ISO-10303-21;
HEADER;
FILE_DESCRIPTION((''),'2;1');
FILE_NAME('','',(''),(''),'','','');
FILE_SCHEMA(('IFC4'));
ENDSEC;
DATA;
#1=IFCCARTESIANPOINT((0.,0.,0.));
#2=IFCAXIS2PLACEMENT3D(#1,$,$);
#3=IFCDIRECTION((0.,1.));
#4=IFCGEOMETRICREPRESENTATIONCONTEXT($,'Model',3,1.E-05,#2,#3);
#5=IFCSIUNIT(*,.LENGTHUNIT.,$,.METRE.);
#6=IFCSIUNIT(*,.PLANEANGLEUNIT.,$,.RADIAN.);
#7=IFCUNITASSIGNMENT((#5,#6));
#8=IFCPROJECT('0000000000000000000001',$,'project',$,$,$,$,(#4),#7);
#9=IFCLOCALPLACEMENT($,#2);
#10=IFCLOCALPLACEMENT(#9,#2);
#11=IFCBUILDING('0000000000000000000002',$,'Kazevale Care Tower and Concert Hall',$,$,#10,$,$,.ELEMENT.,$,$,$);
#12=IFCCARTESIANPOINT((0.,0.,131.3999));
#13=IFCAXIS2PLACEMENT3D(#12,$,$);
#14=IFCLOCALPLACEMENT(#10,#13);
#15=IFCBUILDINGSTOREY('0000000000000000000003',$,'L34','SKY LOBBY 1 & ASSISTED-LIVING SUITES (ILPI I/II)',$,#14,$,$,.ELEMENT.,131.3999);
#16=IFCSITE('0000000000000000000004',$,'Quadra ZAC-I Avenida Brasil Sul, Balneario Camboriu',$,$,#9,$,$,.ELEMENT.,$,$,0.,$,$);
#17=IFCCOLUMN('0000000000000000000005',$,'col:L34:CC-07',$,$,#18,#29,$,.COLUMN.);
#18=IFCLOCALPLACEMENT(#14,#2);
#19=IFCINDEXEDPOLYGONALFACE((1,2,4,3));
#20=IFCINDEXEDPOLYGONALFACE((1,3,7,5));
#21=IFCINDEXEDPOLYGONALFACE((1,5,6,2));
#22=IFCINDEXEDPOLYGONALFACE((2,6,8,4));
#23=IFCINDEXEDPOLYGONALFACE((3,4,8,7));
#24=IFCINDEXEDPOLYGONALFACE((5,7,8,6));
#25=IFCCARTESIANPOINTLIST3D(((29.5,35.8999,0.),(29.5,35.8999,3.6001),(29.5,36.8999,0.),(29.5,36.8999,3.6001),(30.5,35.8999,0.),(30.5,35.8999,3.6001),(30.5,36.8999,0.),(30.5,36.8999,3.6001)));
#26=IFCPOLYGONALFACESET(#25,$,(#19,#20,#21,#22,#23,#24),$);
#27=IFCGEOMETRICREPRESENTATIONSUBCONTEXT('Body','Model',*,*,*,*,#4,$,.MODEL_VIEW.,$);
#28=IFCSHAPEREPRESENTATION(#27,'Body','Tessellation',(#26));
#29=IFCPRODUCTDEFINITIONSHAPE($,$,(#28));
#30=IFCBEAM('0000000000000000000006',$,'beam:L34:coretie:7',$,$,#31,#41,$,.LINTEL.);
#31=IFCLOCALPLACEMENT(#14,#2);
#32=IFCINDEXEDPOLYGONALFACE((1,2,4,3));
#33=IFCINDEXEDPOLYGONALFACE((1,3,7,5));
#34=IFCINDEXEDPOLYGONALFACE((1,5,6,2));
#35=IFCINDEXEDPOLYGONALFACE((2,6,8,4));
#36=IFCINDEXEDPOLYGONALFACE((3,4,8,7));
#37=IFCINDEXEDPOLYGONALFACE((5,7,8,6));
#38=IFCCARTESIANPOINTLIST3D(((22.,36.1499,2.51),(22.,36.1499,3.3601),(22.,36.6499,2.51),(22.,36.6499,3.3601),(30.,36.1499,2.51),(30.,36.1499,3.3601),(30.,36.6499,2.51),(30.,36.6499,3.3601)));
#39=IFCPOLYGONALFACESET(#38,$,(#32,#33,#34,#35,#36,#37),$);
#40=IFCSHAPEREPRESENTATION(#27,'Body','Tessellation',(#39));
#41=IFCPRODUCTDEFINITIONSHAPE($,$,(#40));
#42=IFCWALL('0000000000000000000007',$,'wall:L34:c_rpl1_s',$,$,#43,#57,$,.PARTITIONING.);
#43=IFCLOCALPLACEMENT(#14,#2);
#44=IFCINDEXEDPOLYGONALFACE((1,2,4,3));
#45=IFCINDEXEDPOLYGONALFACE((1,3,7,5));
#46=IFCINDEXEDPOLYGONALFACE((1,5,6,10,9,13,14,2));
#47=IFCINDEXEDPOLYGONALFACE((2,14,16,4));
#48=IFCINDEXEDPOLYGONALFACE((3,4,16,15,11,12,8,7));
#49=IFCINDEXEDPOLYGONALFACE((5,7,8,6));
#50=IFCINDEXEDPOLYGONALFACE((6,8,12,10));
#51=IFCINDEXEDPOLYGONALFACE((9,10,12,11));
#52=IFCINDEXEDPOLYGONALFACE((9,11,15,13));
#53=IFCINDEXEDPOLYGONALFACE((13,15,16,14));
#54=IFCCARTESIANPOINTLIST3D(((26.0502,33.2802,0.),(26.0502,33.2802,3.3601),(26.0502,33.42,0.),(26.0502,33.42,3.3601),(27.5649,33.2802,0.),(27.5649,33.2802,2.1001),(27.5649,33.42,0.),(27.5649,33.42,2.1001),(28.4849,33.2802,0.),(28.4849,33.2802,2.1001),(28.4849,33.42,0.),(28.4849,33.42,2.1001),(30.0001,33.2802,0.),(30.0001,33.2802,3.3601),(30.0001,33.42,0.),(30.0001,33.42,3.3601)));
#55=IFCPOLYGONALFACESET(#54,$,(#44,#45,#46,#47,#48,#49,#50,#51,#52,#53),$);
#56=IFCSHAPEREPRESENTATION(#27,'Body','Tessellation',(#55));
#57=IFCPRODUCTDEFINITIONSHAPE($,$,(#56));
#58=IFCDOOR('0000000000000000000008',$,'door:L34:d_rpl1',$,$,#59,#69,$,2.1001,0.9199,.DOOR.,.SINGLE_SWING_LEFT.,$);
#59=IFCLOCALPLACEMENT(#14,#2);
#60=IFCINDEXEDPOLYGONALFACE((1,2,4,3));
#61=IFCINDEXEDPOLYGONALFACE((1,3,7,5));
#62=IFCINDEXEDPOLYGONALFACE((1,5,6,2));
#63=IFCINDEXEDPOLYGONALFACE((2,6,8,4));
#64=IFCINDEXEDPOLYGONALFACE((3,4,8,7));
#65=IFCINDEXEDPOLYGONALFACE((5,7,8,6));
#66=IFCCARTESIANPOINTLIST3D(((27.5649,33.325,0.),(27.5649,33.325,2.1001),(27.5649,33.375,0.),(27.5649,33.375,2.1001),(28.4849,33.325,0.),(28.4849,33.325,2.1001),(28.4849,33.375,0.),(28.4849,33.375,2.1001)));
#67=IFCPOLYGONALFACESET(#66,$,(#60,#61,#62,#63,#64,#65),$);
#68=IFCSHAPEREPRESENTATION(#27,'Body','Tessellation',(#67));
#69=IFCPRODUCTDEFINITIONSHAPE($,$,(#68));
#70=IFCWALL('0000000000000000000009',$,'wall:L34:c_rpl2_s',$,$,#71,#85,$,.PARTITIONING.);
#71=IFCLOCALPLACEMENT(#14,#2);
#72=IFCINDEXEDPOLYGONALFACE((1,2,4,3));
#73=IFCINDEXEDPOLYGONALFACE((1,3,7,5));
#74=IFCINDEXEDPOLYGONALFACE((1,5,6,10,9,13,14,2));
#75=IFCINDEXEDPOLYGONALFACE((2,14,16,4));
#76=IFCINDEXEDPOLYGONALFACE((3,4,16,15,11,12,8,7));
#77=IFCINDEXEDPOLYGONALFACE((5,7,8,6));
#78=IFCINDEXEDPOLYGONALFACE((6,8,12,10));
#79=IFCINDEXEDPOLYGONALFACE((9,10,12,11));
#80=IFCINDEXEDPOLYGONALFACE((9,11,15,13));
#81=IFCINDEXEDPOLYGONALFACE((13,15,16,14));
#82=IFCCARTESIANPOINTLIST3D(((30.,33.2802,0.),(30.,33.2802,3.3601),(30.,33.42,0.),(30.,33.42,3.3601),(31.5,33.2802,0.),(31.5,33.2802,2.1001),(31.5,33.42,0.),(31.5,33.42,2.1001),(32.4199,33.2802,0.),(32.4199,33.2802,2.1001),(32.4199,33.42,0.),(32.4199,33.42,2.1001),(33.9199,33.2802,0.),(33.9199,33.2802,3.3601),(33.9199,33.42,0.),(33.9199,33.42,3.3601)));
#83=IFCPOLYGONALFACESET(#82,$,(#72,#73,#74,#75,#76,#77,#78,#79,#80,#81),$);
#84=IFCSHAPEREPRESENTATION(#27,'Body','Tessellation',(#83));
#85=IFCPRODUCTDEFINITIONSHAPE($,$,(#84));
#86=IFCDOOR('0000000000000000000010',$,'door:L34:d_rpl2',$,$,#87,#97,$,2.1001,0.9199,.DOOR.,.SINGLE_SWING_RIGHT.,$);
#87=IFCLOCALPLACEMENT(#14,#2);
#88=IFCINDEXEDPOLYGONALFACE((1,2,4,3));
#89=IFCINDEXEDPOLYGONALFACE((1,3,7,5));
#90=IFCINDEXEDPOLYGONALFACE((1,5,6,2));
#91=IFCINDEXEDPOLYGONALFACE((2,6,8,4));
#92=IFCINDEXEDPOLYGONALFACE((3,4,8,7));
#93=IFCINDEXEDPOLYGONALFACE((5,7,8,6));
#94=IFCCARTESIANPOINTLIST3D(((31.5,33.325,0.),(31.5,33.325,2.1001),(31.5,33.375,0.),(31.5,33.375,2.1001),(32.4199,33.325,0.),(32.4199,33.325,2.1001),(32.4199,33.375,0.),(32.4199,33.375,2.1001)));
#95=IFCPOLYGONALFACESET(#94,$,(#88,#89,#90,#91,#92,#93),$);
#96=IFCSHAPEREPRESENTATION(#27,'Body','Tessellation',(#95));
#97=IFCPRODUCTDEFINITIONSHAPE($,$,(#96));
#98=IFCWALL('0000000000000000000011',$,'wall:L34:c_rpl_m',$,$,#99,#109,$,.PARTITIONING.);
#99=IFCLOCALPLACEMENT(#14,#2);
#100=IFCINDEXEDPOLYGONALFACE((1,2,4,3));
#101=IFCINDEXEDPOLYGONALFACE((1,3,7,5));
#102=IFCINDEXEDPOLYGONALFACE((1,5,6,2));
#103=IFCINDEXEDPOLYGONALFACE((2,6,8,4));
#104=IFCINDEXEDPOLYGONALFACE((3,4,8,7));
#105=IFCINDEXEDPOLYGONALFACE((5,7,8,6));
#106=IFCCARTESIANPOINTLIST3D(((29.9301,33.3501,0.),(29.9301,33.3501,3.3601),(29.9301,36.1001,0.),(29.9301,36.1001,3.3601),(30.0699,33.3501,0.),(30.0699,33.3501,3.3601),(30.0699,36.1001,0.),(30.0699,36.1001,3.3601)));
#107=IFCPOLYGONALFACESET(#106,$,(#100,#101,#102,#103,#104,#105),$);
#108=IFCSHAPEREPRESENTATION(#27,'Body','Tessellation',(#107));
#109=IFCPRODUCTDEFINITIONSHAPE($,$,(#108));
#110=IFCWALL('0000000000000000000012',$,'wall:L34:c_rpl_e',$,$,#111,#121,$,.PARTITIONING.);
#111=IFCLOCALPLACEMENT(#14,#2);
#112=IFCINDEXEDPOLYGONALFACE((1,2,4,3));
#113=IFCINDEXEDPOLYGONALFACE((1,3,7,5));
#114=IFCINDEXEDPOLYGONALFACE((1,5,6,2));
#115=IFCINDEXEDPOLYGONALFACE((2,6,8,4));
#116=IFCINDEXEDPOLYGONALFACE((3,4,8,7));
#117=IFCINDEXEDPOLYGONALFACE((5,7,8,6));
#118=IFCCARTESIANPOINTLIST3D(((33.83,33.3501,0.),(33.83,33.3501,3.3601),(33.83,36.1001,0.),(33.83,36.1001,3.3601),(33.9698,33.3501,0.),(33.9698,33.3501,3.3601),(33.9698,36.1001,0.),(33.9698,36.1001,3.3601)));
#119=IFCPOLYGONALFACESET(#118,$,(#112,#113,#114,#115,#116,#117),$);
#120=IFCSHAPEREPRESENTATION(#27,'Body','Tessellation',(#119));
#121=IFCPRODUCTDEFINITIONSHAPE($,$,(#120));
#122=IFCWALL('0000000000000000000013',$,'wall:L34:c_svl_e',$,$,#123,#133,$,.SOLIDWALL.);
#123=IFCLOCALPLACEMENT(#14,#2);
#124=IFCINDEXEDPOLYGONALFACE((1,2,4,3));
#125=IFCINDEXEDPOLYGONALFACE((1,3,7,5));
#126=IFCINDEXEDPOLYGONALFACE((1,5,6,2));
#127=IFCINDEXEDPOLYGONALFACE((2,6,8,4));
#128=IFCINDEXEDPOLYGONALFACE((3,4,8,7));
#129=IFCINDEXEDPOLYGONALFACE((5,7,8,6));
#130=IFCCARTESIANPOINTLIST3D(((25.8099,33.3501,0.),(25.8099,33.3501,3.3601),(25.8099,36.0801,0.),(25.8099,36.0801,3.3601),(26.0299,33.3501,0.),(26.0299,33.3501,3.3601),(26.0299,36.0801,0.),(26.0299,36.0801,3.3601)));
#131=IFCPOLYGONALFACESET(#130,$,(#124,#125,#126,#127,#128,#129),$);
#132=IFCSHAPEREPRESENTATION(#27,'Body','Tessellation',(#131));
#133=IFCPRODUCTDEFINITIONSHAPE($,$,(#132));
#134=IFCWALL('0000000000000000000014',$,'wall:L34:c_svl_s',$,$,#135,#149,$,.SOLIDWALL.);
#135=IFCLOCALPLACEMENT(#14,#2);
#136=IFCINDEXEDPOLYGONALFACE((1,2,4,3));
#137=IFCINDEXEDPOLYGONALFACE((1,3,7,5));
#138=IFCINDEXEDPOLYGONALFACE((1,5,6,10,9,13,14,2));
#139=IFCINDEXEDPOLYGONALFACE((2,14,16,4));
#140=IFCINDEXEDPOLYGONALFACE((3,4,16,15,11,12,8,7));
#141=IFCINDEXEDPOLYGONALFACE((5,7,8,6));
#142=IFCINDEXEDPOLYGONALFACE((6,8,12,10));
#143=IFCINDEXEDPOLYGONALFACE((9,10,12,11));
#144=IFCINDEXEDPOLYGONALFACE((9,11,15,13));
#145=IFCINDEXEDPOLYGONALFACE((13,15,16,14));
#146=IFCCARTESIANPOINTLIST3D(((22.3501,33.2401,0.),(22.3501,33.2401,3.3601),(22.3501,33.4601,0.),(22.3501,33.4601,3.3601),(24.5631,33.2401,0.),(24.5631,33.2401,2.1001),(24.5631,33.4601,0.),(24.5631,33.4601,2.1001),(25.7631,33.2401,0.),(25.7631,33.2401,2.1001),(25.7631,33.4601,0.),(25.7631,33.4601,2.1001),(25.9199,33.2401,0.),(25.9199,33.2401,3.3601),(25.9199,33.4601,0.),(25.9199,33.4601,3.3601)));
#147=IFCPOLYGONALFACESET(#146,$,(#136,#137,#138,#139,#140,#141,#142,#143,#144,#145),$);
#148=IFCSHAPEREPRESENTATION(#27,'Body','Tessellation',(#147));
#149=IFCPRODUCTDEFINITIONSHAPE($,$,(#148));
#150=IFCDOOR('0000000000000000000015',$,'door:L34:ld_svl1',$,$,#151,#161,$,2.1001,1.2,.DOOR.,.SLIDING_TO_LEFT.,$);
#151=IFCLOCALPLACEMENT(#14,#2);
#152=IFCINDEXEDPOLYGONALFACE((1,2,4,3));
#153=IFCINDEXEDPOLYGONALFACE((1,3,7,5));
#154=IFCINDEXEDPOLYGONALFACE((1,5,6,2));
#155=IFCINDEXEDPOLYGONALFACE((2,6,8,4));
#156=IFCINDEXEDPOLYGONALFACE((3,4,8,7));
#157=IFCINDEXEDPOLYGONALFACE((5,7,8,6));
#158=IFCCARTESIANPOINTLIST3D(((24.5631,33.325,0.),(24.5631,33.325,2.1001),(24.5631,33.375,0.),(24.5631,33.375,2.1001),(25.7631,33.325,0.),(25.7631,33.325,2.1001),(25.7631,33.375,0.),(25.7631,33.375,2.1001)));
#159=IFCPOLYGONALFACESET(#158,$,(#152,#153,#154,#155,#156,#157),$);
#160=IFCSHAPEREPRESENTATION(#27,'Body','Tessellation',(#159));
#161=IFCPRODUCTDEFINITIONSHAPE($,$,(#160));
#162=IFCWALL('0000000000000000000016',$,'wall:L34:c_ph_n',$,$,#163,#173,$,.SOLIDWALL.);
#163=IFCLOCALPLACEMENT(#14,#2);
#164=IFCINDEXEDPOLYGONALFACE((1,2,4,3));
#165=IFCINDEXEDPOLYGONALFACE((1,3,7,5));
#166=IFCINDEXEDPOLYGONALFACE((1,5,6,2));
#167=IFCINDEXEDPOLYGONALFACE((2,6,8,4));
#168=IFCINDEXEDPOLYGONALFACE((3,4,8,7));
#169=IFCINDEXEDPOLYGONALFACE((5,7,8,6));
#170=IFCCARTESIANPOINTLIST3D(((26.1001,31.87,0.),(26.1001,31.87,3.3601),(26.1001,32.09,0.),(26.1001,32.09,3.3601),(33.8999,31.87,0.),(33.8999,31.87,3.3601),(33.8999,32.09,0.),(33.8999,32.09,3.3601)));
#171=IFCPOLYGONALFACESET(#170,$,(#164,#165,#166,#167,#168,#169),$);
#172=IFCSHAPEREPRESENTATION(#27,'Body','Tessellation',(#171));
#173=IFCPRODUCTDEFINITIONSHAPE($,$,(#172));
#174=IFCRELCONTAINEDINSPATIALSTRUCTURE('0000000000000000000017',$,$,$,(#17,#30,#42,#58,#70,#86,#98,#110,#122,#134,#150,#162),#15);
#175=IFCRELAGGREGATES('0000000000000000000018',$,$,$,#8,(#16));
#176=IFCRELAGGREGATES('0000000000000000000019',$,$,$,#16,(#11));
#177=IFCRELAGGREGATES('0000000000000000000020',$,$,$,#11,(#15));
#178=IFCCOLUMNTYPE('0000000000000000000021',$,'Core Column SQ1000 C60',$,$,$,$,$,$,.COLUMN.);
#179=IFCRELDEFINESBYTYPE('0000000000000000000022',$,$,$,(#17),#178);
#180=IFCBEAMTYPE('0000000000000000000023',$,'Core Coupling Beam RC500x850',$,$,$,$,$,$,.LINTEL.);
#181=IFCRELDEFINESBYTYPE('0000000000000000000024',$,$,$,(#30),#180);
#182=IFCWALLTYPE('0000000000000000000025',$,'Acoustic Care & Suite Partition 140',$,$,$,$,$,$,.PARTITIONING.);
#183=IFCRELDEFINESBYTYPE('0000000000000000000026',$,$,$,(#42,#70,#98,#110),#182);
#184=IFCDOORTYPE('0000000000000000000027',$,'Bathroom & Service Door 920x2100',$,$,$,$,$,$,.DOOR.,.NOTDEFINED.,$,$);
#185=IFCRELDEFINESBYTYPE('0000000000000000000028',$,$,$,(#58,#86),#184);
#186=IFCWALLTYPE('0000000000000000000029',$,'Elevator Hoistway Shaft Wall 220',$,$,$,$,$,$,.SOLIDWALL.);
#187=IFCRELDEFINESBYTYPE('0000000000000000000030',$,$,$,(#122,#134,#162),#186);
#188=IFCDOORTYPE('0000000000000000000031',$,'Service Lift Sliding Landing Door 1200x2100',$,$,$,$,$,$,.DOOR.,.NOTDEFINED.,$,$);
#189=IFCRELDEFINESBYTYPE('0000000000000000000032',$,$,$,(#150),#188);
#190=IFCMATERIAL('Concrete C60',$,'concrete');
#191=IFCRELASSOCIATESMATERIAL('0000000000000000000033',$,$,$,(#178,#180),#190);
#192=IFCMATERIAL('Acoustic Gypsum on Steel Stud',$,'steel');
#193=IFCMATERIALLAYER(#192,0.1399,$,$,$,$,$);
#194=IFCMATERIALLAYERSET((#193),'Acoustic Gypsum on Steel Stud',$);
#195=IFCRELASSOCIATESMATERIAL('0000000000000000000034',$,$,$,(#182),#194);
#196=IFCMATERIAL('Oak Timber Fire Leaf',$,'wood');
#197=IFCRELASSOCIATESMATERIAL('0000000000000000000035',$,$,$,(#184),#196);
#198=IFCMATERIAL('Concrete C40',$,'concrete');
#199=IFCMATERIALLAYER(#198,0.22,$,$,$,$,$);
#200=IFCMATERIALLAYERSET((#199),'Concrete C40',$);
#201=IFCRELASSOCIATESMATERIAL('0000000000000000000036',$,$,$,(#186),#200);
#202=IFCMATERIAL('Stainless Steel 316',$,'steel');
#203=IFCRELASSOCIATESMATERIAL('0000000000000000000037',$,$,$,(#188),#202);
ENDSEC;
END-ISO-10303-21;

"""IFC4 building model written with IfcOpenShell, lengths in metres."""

from ifc_helpers import new_model, si_unit, direction, frame, frame_2d, origin, origin_2d, place, context, subcontext, project, spatial, rectangle, extrude, material, layer, layer_set, material_profile, profile_set, type_object, element, fill, save


model = new_model("IFC4")

# Units and contexts
model_context = context("Model", 3, precision=1e-05, world=origin(), true_north=direction((0.0, 1.0)))
body_context = subcontext(model_context, "Body", "Model", "MODEL_VIEW")
ifc_project = project(units=[si_unit("LENGTHUNIT", "METRE"), si_unit("PLANEANGLEUNIT", "RADIAN")], contexts=[model_context])

# Site, building, storey
site_placement = place(None, origin())
site = spatial("IfcSite", under=ifc_project, at=site_placement, Name="Quadra ZAC-I Avenida Brasil Sul, Balneario Camboriu", CompositionType="ELEMENT", RefElevation=0.0)
building_placement = place(site_placement, origin())
building = spatial("IfcBuilding", under=site, at=building_placement, Name="Kazevale Care Tower and Concert Hall", CompositionType="ELEMENT")
storey_placement = place(building_placement, frame((0.0, 0.0, 131.3999)))
storey = spatial("IfcBuildingStorey", under=building, at=storey_placement, Name="L34", Description="SKY LOBBY 1 & ASSISTED-LIVING SUITES (ILPI I/II)", CompositionType="ELEMENT", Elevation=131.3999)

# Column
ifc_material_1 = material(Name="Concrete C60", Category="concrete")
ifc_material_profile_1 = material_profile(ifc_material_1, rectangle(XDim=1.0, YDim=1.0, at=origin_2d()), Name="RC-SQ1000")
ifc_profile_set_1 = profile_set([ifc_material_profile_1], Name="Concrete C60")
column_type = type_object("IfcColumnType", Name="Core Column SQ1000 C60", PredefinedType="COLUMN", material=ifc_profile_set_1)
column_placement = place(storey_placement, frame((30.0, 36.3999, 0.0), z_axis=(0.0, 0.0, 1.0), x_axis=(1.0, 0.0, 0.0)))
element("IfcColumn", 1, at=column_placement, inside=storey, type_object=column_type, Name="col:L34:CC-07", PredefinedType="COLUMN", context=body_context, shape_type="SweptSolid", body=[
    extrude(rectangle(XDim=1.0, YDim=1.0, at=origin_2d()), origin(), (0.0, 0.0, 1.0), 3.6001),
])

# Beam
ifc_material_profile_2 = material_profile(ifc_material_1, rectangle(XDim=0.5, YDim=0.8501, at=origin_2d()), Name="RC-B500x850")
ifc_profile_set_2 = profile_set([ifc_material_profile_2], Name="Concrete C60")
beam_type = type_object("IfcBeamType", Name="Core Coupling Beam RC500x850", PredefinedType="LINTEL", material=ifc_profile_set_2)
beam_placement = place(storey_placement, frame((30.0, 36.3999, 2.9351), z_axis=(-1.0, 0.0, 0.0), x_axis=(0.0, -1.0, 0.0)))
element("IfcBeam", 2, at=beam_placement, inside=storey, type_object=beam_type, Name="beam:L34:coretie:7", PredefinedType="LINTEL", context=body_context, shape_type="SweptSolid", body=[
    extrude(rectangle(XDim=0.5, YDim=0.8501, at=origin_2d()), origin(), (0.0, 0.0, 1.0), 8.0),
])

# Walls, openings, doors
ifc_material_2 = material(Name="Acoustic Gypsum on Steel Stud", Category="steel")
ifc_layer_1 = layer(ifc_material_2, 0.1399)
ifc_layer_set_1 = layer_set([ifc_layer_1], Name="Acoustic Gypsum on Steel Stud")
wall_type_1 = type_object("IfcWallType", Name="Acoustic Care & Suite Partition 140", PredefinedType="PARTITIONING", material=ifc_layer_set_1)
wall_1_placement = place(storey_placement, frame((26.05, 33.3501, 0.0), z_axis=(0.0, 0.0, 1.0), x_axis=(1.0, 0.0, 0.0)))
wall_1 = element("IfcWall", 3, at=wall_1_placement, inside=storey, type_object=wall_type_1, Name="wall:L34:c_rpl1_s", PredefinedType="PARTITIONING", context=body_context, shape_type="SweptSolid", body=[
    extrude(rectangle(XDim=3.95, YDim=0.1399, at=frame_2d((1.9751, 0.0))), origin(), (0.0, 0.0, 1.0), 3.3601),
])
opening_1_placement = place(wall_1_placement, frame((1.5149, 0.0, 0.0)))
opening_1 = element("IfcOpeningElement", 4, at=opening_1_placement, cuts=wall_1, PredefinedType="OPENING", context=body_context, shape_type="SweptSolid", body=[
    extrude(rectangle(XDim=0.9199, YDim=2.1001, at=frame_2d((0.46, 1.05))), frame((0.0, 0.0798, 0.0), z_axis=(0.0, -1.0, 0.0), x_axis=(1.0, 0.0, 0.0)), (0.0, 0.0, 1.0), 0.1599),
])
ifc_material_3 = material(Name="Oak Timber Fire Leaf", Category="wood")
door_type_1 = type_object("IfcDoorType", Name="Bathroom & Service Door 920x2100", OperationType="NOTDEFINED", PredefinedType="DOOR", material=ifc_material_3)
door_1_placement = place(opening_1_placement, origin())
door_1 = element("IfcDoor", 5, at=door_1_placement, inside=storey, type_object=door_type_1, Name="door:L34:d_rpl1", OperationType="SINGLE_SWING_LEFT", OverallHeight=2.1001, OverallWidth=0.9199, PredefinedType="DOOR", context=body_context, shape_type="SweptSolid", body=[
    extrude(rectangle(XDim=0.9199, YDim=2.1001, at=frame_2d((0.46, 1.05))), frame((0.0, 0.0249, 0.0), z_axis=(0.0, -1.0, 0.0), x_axis=(1.0, 0.0, 0.0)), (0.0, 0.0, 1.0), 0.05),
])
fill(opening_1, door_1)
wall_2_placement = place(storey_placement, frame((30.0, 33.3501, 0.0), z_axis=(0.0, 0.0, 1.0), x_axis=(1.0, 0.0, 0.0)))
wall_2 = element("IfcWall", 6, at=wall_2_placement, inside=storey, type_object=wall_type_1, Name="wall:L34:c_rpl2_s", PredefinedType="PARTITIONING", context=body_context, shape_type="SweptSolid", body=[
    extrude(rectangle(XDim=3.9199, YDim=0.1399, at=frame_2d((1.96, 0.0))), origin(), (0.0, 0.0, 1.0), 3.3601),
])
opening_2_placement = place(wall_2_placement, frame((1.5, 0.0, 0.0)))
opening_2 = element("IfcOpeningElement", 7, at=opening_2_placement, cuts=wall_2, PredefinedType="OPENING", context=body_context, shape_type="SweptSolid", body=[
    extrude(rectangle(XDim=0.9199, YDim=2.1001, at=frame_2d((0.46, 1.05))), frame((0.0, 0.0798, 0.0), z_axis=(0.0, -1.0, 0.0), x_axis=(1.0, 0.0, 0.0)), (0.0, 0.0, 1.0), 0.1599),
])
door_2_placement = place(opening_2_placement, origin())
door_2 = element("IfcDoor", 8, at=door_2_placement, inside=storey, type_object=door_type_1, Name="door:L34:d_rpl2", OperationType="SINGLE_SWING_RIGHT", OverallHeight=2.1001, OverallWidth=0.9199, PredefinedType="DOOR", context=body_context, shape_type="SweptSolid", body=[
    extrude(rectangle(XDim=0.9199, YDim=2.1001, at=frame_2d((0.46, 1.05))), frame((0.0, 0.0249, 0.0), z_axis=(0.0, -1.0, 0.0), x_axis=(1.0, 0.0, 0.0)), (0.0, 0.0, 1.0), 0.05),
])
fill(opening_2, door_2)

# Walls
for number, where, z_axis, x_axis, name in (
    (9, (30.0, 33.3501, 0.0), (0.0, 0.0, 1.0), (0.0, 1.0, 0.0), "wall:L34:c_rpl_m"),
    (10, (33.8999, 33.3501, 0.0), (0.0, 0.0, 1.0), (0.0, 1.0, 0.0), "wall:L34:c_rpl_e"),
):
    element("IfcWall", number, at=place(storey_placement, frame(where, z_axis=z_axis, x_axis=x_axis)), inside=storey, type_object=wall_type_1, Name=name, PredefinedType="PARTITIONING", context=body_context, shape_type="SweptSolid", body=[
        extrude(rectangle(XDim=2.75, YDim=0.1399, at=frame_2d((1.375, 0.0))), origin(), (0.0, 0.0, 1.0), 3.3601),
    ])
ifc_material_4 = material(Name="Concrete C40", Category="concrete")
ifc_layer_2 = layer(ifc_material_4, 0.22)
ifc_layer_set_2 = layer_set([ifc_layer_2], Name="Concrete C40")
wall_type_2 = type_object("IfcWallType", Name="Elevator Hoistway Shaft Wall 220", PredefinedType="SOLIDWALL", material=ifc_layer_set_2)
wall_3_placement = place(storey_placement, frame((25.9199, 33.3501, 0.0), z_axis=(0.0, 0.0, 1.0), x_axis=(0.0, 1.0, 0.0)))
element("IfcWall", 11, at=wall_3_placement, inside=storey, type_object=wall_type_2, Name="wall:L34:c_svl_e", PredefinedType="SOLIDWALL", context=body_context, shape_type="SweptSolid", body=[
    extrude(rectangle(XDim=2.73, YDim=0.22, at=frame_2d((1.365, 0.0))), origin(), (0.0, 0.0, 1.0), 3.3601),
])

# Wall, opening, door
wall_4_placement = place(storey_placement, frame((22.3501, 33.3501, 0.0), z_axis=(0.0, 0.0, 1.0), x_axis=(1.0, 0.0, 0.0)))
wall_4 = element("IfcWall", 12, at=wall_4_placement, inside=storey, type_object=wall_type_2, Name="wall:L34:c_svl_s", PredefinedType="SOLIDWALL", context=body_context, shape_type="SweptSolid", body=[
    extrude(rectangle(XDim=3.5698, YDim=0.22, at=frame_2d((1.7849, 0.0))), origin(), (0.0, 0.0, 1.0), 3.3601),
])
opening_3_placement = place(wall_4_placement, frame((2.2129, 0.0, 0.0)))
opening_3 = element("IfcOpeningElement", 13, at=opening_3_placement, cuts=wall_4, PredefinedType="OPENING", context=body_context, shape_type="SweptSolid", body=[
    extrude(rectangle(XDim=1.2, YDim=2.1001, at=frame_2d((0.6001, 1.05))), frame((0.0, 0.1199, 0.0), z_axis=(0.0, -1.0, 0.0), x_axis=(1.0, 0.0, 0.0)), (0.0, 0.0, 1.0), 0.24),
])
ifc_material_5 = material(Name="Stainless Steel 316", Category="steel")
door_type_2 = type_object("IfcDoorType", Name="Service Lift Sliding Landing Door 1200x2100", OperationType="NOTDEFINED", PredefinedType="DOOR", material=ifc_material_5)
door_3_placement = place(opening_3_placement, origin())
door_3 = element("IfcDoor", 14, at=door_3_placement, inside=storey, type_object=door_type_2, Name="door:L34:ld_svl1", OperationType="SLIDING_TO_LEFT", OverallHeight=2.1001, OverallWidth=1.2, PredefinedType="DOOR", context=body_context, shape_type="SweptSolid", body=[
    extrude(rectangle(XDim=1.2, YDim=2.1001, at=frame_2d((0.6001, 1.05))), frame((0.0, 0.0249, 0.0), z_axis=(0.0, -1.0, 0.0), x_axis=(1.0, 0.0, 0.0)), (0.0, 0.0, 1.0), 0.05),
])
fill(opening_3, door_3)

# Wall
wall_5_placement = place(storey_placement, frame((26.1001, 31.98, 0.0), z_axis=(0.0, 0.0, 1.0), x_axis=(1.0, 0.0, 0.0)))
element("IfcWall", 15, at=wall_5_placement, inside=storey, type_object=wall_type_2, Name="wall:L34:c_ph_n", PredefinedType="SOLIDWALL", context=body_context, shape_type="SweptSolid", body=[
    extrude(rectangle(XDim=7.7998, YDim=0.22, at=frame_2d((3.8999, 0.0))), origin(), (0.0, 0.0, 1.0), 3.3601),
])

save(model, "model.ifc")
